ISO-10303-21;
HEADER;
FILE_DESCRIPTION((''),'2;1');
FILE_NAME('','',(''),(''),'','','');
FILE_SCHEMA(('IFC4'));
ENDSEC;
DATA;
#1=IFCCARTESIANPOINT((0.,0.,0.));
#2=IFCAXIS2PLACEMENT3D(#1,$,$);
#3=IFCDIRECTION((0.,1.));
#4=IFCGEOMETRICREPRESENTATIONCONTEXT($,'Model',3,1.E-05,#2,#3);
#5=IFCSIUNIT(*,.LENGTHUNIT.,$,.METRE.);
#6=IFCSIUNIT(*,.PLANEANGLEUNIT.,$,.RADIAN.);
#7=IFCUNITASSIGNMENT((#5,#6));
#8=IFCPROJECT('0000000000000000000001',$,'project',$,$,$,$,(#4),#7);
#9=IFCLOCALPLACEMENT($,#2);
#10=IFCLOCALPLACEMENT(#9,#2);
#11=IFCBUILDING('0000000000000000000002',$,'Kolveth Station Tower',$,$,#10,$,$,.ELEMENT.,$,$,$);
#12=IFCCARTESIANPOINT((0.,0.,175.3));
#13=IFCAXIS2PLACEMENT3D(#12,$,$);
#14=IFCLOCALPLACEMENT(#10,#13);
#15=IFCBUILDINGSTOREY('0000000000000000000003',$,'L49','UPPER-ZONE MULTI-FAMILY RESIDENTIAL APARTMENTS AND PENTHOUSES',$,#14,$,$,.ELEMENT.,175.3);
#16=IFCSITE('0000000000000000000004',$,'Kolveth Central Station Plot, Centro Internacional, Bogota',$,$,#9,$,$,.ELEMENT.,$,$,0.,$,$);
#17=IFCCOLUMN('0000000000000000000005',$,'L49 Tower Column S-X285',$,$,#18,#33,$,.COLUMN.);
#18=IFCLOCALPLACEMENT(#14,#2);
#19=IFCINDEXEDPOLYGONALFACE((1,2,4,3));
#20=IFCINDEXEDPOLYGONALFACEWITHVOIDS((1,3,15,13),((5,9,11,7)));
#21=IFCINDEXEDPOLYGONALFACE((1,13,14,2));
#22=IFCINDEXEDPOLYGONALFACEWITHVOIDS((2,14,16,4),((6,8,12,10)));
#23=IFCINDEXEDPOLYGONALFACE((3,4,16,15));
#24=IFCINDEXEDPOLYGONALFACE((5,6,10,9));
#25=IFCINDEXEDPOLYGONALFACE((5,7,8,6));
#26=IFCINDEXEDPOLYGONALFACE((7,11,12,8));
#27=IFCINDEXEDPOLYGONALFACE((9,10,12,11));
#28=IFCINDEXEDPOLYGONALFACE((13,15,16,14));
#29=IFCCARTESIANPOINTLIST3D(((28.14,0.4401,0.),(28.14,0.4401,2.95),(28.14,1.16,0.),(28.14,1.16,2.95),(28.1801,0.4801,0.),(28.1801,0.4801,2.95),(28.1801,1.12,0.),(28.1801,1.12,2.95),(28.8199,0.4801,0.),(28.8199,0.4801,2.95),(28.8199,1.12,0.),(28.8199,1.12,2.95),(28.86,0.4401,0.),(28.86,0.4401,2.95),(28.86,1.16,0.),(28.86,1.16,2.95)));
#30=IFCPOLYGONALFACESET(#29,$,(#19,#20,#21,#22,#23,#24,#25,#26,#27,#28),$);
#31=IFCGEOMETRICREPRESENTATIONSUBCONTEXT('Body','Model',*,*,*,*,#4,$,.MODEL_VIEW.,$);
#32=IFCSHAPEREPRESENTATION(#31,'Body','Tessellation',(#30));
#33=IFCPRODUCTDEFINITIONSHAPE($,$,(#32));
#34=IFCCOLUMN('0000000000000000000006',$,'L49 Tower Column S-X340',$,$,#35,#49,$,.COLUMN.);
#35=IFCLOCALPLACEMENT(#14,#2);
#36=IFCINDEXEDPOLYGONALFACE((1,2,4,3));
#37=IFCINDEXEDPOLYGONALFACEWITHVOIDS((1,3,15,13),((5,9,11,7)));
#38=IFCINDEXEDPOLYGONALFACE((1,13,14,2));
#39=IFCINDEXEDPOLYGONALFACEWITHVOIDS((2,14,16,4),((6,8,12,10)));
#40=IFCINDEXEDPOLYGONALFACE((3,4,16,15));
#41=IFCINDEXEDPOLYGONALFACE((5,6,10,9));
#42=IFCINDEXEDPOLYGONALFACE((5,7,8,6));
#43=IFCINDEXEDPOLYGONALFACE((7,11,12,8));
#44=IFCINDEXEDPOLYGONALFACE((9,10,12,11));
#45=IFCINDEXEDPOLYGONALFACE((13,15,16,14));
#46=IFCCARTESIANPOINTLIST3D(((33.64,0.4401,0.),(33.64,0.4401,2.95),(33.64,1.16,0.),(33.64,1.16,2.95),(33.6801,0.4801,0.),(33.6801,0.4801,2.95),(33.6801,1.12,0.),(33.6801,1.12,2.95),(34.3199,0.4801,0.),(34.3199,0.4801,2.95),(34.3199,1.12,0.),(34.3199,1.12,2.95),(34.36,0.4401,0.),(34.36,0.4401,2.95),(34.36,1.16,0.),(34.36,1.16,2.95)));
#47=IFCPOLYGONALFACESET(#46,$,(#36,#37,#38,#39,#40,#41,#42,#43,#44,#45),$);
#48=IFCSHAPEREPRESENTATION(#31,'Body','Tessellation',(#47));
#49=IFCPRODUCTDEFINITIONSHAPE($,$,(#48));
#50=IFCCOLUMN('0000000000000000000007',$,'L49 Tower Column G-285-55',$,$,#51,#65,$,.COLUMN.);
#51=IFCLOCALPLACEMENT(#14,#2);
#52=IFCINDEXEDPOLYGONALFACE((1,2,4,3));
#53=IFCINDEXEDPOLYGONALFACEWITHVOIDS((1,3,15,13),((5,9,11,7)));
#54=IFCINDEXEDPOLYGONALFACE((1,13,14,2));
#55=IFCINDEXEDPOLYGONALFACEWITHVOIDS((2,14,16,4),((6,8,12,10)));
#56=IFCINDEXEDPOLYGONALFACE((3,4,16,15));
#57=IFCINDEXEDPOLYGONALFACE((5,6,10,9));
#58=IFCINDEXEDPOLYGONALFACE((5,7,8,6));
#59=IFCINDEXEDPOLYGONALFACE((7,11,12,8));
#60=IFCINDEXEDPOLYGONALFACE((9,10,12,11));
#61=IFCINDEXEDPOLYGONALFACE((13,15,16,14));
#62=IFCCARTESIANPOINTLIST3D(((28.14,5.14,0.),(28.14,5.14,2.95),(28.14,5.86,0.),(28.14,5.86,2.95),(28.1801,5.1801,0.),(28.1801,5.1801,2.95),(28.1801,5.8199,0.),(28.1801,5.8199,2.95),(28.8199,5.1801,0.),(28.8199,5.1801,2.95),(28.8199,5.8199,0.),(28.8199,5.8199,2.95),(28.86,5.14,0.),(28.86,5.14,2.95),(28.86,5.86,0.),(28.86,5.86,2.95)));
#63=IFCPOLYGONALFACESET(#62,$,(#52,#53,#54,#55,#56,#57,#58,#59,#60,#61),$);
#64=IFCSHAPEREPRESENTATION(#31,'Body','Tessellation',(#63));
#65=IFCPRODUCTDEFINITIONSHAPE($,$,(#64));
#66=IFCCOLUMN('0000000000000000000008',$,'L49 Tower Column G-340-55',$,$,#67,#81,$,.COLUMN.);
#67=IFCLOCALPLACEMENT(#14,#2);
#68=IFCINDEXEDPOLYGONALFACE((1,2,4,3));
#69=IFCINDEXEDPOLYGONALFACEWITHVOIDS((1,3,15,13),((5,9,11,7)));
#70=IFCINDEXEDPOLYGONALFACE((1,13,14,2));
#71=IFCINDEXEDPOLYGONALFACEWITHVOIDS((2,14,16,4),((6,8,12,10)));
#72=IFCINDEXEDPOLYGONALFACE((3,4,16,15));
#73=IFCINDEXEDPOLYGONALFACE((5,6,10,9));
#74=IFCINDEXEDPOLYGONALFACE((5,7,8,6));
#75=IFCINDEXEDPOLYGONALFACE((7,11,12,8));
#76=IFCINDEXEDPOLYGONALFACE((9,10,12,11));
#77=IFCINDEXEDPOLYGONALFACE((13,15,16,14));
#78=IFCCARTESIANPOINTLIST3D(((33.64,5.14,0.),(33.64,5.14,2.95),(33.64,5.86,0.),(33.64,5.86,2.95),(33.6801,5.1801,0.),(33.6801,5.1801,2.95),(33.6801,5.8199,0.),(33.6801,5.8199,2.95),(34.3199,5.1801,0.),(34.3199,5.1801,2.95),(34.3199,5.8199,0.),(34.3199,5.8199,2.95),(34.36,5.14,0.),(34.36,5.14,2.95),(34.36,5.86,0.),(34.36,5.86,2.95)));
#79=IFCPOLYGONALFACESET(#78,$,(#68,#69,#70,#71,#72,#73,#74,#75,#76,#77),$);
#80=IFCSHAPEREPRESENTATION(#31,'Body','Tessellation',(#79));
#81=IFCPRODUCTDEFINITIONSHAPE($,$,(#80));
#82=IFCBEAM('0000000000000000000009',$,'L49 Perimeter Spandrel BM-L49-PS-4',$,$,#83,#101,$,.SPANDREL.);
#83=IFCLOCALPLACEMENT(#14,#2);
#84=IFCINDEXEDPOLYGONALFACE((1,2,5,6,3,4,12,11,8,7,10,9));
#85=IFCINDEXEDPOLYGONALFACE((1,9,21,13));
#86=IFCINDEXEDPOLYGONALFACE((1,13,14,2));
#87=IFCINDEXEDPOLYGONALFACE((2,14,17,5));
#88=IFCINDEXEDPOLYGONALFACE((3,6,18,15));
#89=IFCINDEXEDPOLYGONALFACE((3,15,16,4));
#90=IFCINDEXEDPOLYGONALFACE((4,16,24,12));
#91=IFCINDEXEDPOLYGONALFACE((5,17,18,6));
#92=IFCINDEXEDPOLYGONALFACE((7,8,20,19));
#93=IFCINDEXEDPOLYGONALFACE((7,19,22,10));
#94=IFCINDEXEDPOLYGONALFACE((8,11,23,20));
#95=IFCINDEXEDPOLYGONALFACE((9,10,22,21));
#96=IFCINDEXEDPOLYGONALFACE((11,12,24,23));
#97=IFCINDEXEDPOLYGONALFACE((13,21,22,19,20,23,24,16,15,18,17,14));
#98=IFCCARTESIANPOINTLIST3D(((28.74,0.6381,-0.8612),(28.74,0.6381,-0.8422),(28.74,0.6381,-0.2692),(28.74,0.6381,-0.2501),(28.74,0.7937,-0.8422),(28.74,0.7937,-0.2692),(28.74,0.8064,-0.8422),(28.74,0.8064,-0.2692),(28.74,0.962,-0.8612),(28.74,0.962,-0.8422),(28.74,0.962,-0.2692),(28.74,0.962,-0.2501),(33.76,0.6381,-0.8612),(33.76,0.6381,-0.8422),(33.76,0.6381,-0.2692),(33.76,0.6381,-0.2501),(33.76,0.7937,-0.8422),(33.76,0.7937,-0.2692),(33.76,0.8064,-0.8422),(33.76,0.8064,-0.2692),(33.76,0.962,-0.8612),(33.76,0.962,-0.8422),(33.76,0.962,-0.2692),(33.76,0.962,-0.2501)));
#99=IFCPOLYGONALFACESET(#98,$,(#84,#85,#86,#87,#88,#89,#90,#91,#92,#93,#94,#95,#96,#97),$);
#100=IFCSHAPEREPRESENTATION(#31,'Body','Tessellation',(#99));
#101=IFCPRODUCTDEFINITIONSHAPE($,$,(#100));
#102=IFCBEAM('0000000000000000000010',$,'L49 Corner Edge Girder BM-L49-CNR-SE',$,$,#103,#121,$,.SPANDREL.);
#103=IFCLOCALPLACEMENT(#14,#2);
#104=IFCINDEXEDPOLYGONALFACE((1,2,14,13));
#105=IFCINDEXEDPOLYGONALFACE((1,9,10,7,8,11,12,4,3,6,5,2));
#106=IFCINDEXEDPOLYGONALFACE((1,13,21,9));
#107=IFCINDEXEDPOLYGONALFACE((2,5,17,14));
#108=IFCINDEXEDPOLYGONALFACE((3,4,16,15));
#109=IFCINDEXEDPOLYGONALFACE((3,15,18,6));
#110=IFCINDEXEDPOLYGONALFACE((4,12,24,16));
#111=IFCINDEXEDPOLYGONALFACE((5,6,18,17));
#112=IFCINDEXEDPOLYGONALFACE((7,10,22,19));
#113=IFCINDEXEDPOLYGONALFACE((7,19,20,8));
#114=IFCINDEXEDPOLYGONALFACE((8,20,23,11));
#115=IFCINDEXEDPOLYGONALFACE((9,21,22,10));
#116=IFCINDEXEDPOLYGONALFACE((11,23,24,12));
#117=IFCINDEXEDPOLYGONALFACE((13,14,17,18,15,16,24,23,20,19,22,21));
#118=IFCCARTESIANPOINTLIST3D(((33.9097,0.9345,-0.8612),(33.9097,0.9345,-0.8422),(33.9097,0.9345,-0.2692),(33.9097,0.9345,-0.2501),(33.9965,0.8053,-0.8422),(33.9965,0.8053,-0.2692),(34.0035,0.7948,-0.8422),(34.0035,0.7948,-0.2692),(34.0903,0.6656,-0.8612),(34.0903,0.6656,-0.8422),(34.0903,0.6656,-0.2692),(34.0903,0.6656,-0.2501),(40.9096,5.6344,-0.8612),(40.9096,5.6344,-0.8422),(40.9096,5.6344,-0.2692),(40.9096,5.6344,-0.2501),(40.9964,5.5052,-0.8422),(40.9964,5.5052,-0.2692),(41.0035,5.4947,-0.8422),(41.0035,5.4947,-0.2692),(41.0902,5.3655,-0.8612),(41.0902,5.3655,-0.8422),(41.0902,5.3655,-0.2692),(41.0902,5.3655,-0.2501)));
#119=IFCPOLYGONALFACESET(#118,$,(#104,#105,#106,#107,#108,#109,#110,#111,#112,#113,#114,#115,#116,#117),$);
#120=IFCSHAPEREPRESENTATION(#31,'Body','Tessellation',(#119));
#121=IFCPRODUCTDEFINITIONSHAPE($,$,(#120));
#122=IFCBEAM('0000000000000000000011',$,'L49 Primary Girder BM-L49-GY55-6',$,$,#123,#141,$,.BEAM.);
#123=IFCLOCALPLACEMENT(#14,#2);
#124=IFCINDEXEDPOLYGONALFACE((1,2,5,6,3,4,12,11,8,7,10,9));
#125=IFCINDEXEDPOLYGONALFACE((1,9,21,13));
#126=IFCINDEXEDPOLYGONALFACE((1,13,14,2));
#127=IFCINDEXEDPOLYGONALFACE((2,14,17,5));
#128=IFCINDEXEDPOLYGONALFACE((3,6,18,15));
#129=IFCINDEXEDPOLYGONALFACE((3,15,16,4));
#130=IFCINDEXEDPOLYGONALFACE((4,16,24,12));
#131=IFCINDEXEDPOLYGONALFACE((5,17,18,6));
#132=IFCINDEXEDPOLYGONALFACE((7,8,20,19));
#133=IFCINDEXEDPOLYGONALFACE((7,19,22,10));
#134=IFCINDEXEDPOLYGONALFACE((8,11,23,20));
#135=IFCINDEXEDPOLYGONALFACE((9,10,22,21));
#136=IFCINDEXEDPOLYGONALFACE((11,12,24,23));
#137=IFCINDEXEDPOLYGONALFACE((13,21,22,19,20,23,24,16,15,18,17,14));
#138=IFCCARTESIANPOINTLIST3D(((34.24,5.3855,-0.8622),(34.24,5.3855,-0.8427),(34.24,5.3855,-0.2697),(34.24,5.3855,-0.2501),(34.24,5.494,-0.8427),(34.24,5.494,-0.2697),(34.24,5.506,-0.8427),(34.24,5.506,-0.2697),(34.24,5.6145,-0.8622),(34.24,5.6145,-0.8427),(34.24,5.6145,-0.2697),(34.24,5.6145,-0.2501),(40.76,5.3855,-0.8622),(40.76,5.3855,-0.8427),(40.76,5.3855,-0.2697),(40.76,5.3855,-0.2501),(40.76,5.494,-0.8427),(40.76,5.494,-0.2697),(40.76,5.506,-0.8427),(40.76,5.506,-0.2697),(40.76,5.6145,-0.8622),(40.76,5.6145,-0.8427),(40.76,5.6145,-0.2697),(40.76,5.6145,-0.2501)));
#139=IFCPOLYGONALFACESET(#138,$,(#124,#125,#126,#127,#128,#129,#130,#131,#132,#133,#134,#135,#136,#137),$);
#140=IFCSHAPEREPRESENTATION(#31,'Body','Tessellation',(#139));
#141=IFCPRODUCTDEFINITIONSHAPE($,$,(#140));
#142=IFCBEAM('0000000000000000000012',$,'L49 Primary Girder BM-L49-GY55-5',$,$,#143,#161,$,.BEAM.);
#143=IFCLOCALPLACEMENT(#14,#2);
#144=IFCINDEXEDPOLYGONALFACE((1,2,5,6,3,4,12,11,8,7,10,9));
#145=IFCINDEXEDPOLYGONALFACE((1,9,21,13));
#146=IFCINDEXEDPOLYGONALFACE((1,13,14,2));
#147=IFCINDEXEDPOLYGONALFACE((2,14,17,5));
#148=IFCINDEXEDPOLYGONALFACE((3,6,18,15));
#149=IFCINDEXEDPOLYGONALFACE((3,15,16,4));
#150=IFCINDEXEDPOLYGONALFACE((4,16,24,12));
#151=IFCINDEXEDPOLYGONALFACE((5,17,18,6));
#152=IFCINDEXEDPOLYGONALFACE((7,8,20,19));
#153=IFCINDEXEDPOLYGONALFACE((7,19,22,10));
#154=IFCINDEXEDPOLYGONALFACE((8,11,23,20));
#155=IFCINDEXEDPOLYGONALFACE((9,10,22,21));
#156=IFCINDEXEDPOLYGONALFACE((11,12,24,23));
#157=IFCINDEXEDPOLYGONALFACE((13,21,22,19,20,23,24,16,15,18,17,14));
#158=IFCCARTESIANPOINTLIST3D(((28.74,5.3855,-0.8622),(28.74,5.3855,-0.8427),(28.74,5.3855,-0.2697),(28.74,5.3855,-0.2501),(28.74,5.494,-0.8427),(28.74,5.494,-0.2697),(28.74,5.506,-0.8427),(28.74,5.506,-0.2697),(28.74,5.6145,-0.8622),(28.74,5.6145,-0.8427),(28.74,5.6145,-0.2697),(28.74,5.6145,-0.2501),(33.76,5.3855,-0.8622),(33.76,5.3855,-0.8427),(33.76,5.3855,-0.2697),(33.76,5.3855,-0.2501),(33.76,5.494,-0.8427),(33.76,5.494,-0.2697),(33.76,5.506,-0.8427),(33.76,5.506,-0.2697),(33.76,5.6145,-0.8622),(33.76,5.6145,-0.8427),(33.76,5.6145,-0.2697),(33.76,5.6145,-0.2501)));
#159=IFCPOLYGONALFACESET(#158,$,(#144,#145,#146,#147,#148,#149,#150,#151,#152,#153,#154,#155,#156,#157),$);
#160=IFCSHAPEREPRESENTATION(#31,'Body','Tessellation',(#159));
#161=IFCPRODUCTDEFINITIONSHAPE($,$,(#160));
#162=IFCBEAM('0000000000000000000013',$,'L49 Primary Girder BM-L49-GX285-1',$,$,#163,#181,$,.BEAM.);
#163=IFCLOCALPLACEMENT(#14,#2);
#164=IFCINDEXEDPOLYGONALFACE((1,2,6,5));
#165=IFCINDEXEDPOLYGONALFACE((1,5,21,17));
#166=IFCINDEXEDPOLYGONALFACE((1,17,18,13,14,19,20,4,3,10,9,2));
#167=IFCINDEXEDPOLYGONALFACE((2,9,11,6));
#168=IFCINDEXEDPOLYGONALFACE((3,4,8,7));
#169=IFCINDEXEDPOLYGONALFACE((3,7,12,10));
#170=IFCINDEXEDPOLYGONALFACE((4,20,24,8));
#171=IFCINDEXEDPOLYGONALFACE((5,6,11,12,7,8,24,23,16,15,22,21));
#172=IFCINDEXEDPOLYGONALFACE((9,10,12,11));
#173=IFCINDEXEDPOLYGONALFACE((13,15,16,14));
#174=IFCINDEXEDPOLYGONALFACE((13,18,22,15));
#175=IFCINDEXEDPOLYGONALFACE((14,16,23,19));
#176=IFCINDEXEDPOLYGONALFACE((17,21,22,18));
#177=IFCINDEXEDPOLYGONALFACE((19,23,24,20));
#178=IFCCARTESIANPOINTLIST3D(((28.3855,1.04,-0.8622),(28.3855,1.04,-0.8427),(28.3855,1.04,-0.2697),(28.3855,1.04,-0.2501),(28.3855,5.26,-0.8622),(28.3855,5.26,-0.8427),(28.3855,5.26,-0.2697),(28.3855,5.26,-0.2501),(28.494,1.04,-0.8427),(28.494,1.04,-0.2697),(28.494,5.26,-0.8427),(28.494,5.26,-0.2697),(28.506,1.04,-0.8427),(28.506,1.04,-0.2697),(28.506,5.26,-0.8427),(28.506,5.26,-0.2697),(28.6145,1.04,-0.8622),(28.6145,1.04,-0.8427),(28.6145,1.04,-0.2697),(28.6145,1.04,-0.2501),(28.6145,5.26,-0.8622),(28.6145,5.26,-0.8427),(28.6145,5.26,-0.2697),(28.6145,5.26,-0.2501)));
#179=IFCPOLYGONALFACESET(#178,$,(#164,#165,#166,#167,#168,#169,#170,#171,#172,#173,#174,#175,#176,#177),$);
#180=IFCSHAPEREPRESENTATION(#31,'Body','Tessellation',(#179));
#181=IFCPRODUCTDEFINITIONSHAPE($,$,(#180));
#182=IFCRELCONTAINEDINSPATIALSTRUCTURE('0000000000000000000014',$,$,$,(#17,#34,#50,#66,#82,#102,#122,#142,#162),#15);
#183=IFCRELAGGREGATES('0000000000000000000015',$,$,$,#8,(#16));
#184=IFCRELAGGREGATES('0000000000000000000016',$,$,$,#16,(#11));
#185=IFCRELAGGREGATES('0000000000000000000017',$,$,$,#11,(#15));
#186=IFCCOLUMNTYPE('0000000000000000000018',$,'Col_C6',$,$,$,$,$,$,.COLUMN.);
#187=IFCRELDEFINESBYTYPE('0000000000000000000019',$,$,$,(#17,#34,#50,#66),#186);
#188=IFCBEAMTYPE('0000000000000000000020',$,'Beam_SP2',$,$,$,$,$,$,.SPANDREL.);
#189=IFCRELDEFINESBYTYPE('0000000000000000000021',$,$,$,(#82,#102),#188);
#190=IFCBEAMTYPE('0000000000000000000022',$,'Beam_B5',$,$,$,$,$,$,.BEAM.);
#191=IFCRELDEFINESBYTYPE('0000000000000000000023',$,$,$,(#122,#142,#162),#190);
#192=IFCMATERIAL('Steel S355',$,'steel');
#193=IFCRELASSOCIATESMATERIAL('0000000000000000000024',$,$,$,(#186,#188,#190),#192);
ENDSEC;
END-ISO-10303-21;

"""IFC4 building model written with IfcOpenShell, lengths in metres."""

from ifc_helpers import new_model, si_unit, direction, frame, origin, origin_2d, place, context, subcontext, project, spatial, hollow_rectangle, i_section, extrude, source, transform, mapped, material, material_profile, profile_set, type_object, element, save


model = new_model("IFC4")

# Units and contexts
model_context = context("Model", 3, precision=1e-05, world=origin(), true_north=direction((0.0, 1.0)))
body_context = subcontext(model_context, "Body", "Model", "MODEL_VIEW")
ifc_project = project(units=[si_unit("LENGTHUNIT", "METRE"), si_unit("PLANEANGLEUNIT", "RADIAN")], contexts=[model_context])

# Site, building, storey
site_placement = place(None, origin())
site = spatial("IfcSite", under=ifc_project, at=site_placement, Name="Kolveth Central Station Plot, Centro Internacional, Bogota", CompositionType="ELEMENT", RefElevation=0.0)
building_placement = place(site_placement, origin())
building = spatial("IfcBuilding", under=site, at=building_placement, Name="Kolveth Station Tower", CompositionType="ELEMENT")
storey_placement = place(building_placement, frame((0.0, 0.0, 175.3)))
storey = spatial("IfcBuildingStorey", under=building, at=storey_placement, Name="L49", Description="UPPER-ZONE MULTI-FAMILY RESIDENTIAL APARTMENTS AND PENTHOUSES", CompositionType="ELEMENT", Elevation=175.3)

# Columns
ifc_material_1 = material(Name="Steel S355", Category="steel")
ifc_material_profile_1 = material_profile(ifc_material_1, hollow_rectangle(XDim=0.72, YDim=0.72, WallThickness=0.04, at=origin_2d()), Name="BOX720x720x40")
ifc_profile_set_1 = profile_set([ifc_material_profile_1], Name="Steel S355")
column_type = type_object("IfcColumnType", Name="Col_C6", PredefinedType="COLUMN", material=ifc_profile_set_1)
shared_shape_1 = source(origin(), body_context, "Body", "SweptSolid", [
    extrude(hollow_rectangle(XDim=0.72, YDim=0.72, WallThickness=0.04, at=origin_2d()), origin(), (0.0, 0.0, 1.0), 2.95),
])
for number, where, z_axis, x_axis, name in (
    (1, (28.5, 0.8, 0.0), (0.0, 0.0, 1.0), (1.0, 0.0, 0.0), "L49 Tower Column S-X285"),
    (2, (34.0, 0.8, 0.0), (0.0, 0.0, 1.0), (1.0, 0.0, 0.0), "L49 Tower Column S-X340"),
    (3, (28.5, 5.5, 0.0), (0.0, 0.0, 1.0), (1.0, 0.0, 0.0), "L49 Tower Column G-285-55"),
    (4, (34.0, 5.5, 0.0), (0.0, 0.0, 1.0), (1.0, 0.0, 0.0), "L49 Tower Column G-340-55"),
):
    element("IfcColumn", number, at=place(storey_placement, frame(where, z_axis=z_axis, x_axis=x_axis)), inside=storey, type_object=column_type, Name=name, PredefinedType="COLUMN", context=body_context, shape_type="MappedRepresentation", body=[
        mapped(shared_shape_1, transform((0.0, 0.0, 0.0), x_axis=(1.0, 0.0, 0.0), y_axis=(0.0, 1.0, 0.0), z_axis=(0.0, 0.0, 1.0), scale=1.0)),
    ])

# Beams
ifc_material_profile_2 = material_profile(ifc_material_1, i_section(OverallWidth=0.324, OverallDepth=0.6111, WebThickness=0.0127, FlangeThickness=0.019, at=origin_2d()), Name="W610x155")
ifc_profile_set_2 = profile_set([ifc_material_profile_2], Name="Steel S355")
beam_type_1 = type_object("IfcBeamType", Name="Beam_SP2", PredefinedType="SPANDREL", material=ifc_profile_set_2)
shared_shape_2 = source(origin(), body_context, "Body", "SweptSolid", [
    extrude(i_section(OverallWidth=0.324, OverallDepth=0.6111, WebThickness=0.0127, FlangeThickness=0.019, at=origin_2d()), origin(), (0.0, 0.0, 1.0), 5.02),
])
beam_1_placement = place(storey_placement, frame((28.74, 0.8, -0.5557), z_axis=(1.0, 0.0, 0.0), x_axis=(0.0, 1.0, 0.0)))
element("IfcBeam", 5, at=beam_1_placement, inside=storey, type_object=beam_type_1, Name="L49 Perimeter Spandrel BM-L49-PS-4", PredefinedType="SPANDREL", context=body_context, shape_type="MappedRepresentation", body=[
    mapped(shared_shape_2, transform((0.0, 0.0, 0.0), x_axis=(1.0, 0.0, 0.0), y_axis=(0.0, 1.0, 0.0), z_axis=(0.0, 0.0, 1.0), scale=1.0)),
])
shared_shape_3 = source(origin(), body_context, "Body", "SweptSolid", [
    extrude(i_section(OverallWidth=0.324, OverallDepth=0.6111, WebThickness=0.0127, FlangeThickness=0.019, at=origin_2d()), origin(), (0.0, 0.0, 1.0), 8.4314),
])
beam_2_placement = place(storey_placement, frame((34.0, 0.8, -0.5557), z_axis=(0.830224, 0.55743, 0.0), x_axis=(-0.55743, 0.830224, 0.0)))
element("IfcBeam", 6, at=beam_2_placement, inside=storey, type_object=beam_type_1, Name="L49 Corner Edge Girder BM-L49-CNR-SE", PredefinedType="SPANDREL", context=body_context, shape_type="MappedRepresentation", body=[
    mapped(shared_shape_3, transform((0.0, 0.0, 0.0), x_axis=(1.0, 0.0, 0.0), y_axis=(0.0, 1.0, 0.0), z_axis=(0.0, 0.0, 1.0), scale=1.0)),
])
ifc_material_profile_3 = material_profile(ifc_material_1, i_section(OverallWidth=0.229, OverallDepth=0.6121, WebThickness=0.012, FlangeThickness=0.0195, at=origin_2d()), Name="W610x125")
ifc_profile_set_3 = profile_set([ifc_material_profile_3], Name="Steel S355")
beam_type_2 = type_object("IfcBeamType", Name="Beam_B5", PredefinedType="BEAM", material=ifc_profile_set_3)
shared_shape_4 = source(origin(), body_context, "Body", "SweptSolid", [
    extrude(i_section(OverallWidth=0.229, OverallDepth=0.6121, WebThickness=0.012, FlangeThickness=0.0195, at=origin_2d()), origin(), (0.0, 0.0, 1.0), 6.52),
])
beam_3_placement = place(storey_placement, frame((34.24, 5.5, -0.5562), z_axis=(1.0, 0.0, 0.0), x_axis=(0.0, 1.0, 0.0)))
element("IfcBeam", 7, at=beam_3_placement, inside=storey, type_object=beam_type_2, Name="L49 Primary Girder BM-L49-GY55-6", PredefinedType="BEAM", context=body_context, shape_type="MappedRepresentation", body=[
    mapped(shared_shape_4, transform((0.0, 0.0, 0.0), x_axis=(1.0, 0.0, 0.0), y_axis=(0.0, 1.0, 0.0), z_axis=(0.0, 0.0, 1.0), scale=1.0)),
])
shared_shape_5 = source(origin(), body_context, "Body", "SweptSolid", [
    extrude(i_section(OverallWidth=0.229, OverallDepth=0.6121, WebThickness=0.012, FlangeThickness=0.0195, at=origin_2d()), origin(), (0.0, 0.0, 1.0), 5.02),
])
beam_4_placement = place(storey_placement, frame((28.74, 5.5, -0.5562), z_axis=(1.0, 0.0, 0.0), x_axis=(0.0, 1.0, 0.0)))
element("IfcBeam", 8, at=beam_4_placement, inside=storey, type_object=beam_type_2, Name="L49 Primary Girder BM-L49-GY55-5", PredefinedType="BEAM", context=body_context, shape_type="MappedRepresentation", body=[
    mapped(shared_shape_5, transform((0.0, 0.0, 0.0), x_axis=(1.0, 0.0, 0.0), y_axis=(0.0, 1.0, 0.0), z_axis=(0.0, 0.0, 1.0), scale=1.0)),
])
shared_shape_6 = source(origin(), body_context, "Body", "SweptSolid", [
    extrude(i_section(OverallWidth=0.229, OverallDepth=0.6121, WebThickness=0.012, FlangeThickness=0.0195, at=origin_2d()), origin(), (0.0, 0.0, 1.0), 4.22),
])
for number, where, z_axis, x_axis, name in (
    (9, (28.5, 1.04, -0.5562), (0.0, 1.0, 0.0), (-1.0, 0.0, 0.0), "L49 Primary Girder BM-L49-GX285-1"),
):
    element("IfcBeam", number, at=place(storey_placement, frame(where, z_axis=z_axis, x_axis=x_axis)), inside=storey, type_object=beam_type_2, Name=name, PredefinedType="BEAM", context=body_context, shape_type="MappedRepresentation", body=[
        mapped(shared_shape_6, transform((0.0, 0.0, 0.0), x_axis=(1.0, 0.0, 0.0), y_axis=(0.0, 1.0, 0.0), z_axis=(0.0, 0.0, 1.0), scale=1.0)),
    ])

save(model, "model.ifc")
